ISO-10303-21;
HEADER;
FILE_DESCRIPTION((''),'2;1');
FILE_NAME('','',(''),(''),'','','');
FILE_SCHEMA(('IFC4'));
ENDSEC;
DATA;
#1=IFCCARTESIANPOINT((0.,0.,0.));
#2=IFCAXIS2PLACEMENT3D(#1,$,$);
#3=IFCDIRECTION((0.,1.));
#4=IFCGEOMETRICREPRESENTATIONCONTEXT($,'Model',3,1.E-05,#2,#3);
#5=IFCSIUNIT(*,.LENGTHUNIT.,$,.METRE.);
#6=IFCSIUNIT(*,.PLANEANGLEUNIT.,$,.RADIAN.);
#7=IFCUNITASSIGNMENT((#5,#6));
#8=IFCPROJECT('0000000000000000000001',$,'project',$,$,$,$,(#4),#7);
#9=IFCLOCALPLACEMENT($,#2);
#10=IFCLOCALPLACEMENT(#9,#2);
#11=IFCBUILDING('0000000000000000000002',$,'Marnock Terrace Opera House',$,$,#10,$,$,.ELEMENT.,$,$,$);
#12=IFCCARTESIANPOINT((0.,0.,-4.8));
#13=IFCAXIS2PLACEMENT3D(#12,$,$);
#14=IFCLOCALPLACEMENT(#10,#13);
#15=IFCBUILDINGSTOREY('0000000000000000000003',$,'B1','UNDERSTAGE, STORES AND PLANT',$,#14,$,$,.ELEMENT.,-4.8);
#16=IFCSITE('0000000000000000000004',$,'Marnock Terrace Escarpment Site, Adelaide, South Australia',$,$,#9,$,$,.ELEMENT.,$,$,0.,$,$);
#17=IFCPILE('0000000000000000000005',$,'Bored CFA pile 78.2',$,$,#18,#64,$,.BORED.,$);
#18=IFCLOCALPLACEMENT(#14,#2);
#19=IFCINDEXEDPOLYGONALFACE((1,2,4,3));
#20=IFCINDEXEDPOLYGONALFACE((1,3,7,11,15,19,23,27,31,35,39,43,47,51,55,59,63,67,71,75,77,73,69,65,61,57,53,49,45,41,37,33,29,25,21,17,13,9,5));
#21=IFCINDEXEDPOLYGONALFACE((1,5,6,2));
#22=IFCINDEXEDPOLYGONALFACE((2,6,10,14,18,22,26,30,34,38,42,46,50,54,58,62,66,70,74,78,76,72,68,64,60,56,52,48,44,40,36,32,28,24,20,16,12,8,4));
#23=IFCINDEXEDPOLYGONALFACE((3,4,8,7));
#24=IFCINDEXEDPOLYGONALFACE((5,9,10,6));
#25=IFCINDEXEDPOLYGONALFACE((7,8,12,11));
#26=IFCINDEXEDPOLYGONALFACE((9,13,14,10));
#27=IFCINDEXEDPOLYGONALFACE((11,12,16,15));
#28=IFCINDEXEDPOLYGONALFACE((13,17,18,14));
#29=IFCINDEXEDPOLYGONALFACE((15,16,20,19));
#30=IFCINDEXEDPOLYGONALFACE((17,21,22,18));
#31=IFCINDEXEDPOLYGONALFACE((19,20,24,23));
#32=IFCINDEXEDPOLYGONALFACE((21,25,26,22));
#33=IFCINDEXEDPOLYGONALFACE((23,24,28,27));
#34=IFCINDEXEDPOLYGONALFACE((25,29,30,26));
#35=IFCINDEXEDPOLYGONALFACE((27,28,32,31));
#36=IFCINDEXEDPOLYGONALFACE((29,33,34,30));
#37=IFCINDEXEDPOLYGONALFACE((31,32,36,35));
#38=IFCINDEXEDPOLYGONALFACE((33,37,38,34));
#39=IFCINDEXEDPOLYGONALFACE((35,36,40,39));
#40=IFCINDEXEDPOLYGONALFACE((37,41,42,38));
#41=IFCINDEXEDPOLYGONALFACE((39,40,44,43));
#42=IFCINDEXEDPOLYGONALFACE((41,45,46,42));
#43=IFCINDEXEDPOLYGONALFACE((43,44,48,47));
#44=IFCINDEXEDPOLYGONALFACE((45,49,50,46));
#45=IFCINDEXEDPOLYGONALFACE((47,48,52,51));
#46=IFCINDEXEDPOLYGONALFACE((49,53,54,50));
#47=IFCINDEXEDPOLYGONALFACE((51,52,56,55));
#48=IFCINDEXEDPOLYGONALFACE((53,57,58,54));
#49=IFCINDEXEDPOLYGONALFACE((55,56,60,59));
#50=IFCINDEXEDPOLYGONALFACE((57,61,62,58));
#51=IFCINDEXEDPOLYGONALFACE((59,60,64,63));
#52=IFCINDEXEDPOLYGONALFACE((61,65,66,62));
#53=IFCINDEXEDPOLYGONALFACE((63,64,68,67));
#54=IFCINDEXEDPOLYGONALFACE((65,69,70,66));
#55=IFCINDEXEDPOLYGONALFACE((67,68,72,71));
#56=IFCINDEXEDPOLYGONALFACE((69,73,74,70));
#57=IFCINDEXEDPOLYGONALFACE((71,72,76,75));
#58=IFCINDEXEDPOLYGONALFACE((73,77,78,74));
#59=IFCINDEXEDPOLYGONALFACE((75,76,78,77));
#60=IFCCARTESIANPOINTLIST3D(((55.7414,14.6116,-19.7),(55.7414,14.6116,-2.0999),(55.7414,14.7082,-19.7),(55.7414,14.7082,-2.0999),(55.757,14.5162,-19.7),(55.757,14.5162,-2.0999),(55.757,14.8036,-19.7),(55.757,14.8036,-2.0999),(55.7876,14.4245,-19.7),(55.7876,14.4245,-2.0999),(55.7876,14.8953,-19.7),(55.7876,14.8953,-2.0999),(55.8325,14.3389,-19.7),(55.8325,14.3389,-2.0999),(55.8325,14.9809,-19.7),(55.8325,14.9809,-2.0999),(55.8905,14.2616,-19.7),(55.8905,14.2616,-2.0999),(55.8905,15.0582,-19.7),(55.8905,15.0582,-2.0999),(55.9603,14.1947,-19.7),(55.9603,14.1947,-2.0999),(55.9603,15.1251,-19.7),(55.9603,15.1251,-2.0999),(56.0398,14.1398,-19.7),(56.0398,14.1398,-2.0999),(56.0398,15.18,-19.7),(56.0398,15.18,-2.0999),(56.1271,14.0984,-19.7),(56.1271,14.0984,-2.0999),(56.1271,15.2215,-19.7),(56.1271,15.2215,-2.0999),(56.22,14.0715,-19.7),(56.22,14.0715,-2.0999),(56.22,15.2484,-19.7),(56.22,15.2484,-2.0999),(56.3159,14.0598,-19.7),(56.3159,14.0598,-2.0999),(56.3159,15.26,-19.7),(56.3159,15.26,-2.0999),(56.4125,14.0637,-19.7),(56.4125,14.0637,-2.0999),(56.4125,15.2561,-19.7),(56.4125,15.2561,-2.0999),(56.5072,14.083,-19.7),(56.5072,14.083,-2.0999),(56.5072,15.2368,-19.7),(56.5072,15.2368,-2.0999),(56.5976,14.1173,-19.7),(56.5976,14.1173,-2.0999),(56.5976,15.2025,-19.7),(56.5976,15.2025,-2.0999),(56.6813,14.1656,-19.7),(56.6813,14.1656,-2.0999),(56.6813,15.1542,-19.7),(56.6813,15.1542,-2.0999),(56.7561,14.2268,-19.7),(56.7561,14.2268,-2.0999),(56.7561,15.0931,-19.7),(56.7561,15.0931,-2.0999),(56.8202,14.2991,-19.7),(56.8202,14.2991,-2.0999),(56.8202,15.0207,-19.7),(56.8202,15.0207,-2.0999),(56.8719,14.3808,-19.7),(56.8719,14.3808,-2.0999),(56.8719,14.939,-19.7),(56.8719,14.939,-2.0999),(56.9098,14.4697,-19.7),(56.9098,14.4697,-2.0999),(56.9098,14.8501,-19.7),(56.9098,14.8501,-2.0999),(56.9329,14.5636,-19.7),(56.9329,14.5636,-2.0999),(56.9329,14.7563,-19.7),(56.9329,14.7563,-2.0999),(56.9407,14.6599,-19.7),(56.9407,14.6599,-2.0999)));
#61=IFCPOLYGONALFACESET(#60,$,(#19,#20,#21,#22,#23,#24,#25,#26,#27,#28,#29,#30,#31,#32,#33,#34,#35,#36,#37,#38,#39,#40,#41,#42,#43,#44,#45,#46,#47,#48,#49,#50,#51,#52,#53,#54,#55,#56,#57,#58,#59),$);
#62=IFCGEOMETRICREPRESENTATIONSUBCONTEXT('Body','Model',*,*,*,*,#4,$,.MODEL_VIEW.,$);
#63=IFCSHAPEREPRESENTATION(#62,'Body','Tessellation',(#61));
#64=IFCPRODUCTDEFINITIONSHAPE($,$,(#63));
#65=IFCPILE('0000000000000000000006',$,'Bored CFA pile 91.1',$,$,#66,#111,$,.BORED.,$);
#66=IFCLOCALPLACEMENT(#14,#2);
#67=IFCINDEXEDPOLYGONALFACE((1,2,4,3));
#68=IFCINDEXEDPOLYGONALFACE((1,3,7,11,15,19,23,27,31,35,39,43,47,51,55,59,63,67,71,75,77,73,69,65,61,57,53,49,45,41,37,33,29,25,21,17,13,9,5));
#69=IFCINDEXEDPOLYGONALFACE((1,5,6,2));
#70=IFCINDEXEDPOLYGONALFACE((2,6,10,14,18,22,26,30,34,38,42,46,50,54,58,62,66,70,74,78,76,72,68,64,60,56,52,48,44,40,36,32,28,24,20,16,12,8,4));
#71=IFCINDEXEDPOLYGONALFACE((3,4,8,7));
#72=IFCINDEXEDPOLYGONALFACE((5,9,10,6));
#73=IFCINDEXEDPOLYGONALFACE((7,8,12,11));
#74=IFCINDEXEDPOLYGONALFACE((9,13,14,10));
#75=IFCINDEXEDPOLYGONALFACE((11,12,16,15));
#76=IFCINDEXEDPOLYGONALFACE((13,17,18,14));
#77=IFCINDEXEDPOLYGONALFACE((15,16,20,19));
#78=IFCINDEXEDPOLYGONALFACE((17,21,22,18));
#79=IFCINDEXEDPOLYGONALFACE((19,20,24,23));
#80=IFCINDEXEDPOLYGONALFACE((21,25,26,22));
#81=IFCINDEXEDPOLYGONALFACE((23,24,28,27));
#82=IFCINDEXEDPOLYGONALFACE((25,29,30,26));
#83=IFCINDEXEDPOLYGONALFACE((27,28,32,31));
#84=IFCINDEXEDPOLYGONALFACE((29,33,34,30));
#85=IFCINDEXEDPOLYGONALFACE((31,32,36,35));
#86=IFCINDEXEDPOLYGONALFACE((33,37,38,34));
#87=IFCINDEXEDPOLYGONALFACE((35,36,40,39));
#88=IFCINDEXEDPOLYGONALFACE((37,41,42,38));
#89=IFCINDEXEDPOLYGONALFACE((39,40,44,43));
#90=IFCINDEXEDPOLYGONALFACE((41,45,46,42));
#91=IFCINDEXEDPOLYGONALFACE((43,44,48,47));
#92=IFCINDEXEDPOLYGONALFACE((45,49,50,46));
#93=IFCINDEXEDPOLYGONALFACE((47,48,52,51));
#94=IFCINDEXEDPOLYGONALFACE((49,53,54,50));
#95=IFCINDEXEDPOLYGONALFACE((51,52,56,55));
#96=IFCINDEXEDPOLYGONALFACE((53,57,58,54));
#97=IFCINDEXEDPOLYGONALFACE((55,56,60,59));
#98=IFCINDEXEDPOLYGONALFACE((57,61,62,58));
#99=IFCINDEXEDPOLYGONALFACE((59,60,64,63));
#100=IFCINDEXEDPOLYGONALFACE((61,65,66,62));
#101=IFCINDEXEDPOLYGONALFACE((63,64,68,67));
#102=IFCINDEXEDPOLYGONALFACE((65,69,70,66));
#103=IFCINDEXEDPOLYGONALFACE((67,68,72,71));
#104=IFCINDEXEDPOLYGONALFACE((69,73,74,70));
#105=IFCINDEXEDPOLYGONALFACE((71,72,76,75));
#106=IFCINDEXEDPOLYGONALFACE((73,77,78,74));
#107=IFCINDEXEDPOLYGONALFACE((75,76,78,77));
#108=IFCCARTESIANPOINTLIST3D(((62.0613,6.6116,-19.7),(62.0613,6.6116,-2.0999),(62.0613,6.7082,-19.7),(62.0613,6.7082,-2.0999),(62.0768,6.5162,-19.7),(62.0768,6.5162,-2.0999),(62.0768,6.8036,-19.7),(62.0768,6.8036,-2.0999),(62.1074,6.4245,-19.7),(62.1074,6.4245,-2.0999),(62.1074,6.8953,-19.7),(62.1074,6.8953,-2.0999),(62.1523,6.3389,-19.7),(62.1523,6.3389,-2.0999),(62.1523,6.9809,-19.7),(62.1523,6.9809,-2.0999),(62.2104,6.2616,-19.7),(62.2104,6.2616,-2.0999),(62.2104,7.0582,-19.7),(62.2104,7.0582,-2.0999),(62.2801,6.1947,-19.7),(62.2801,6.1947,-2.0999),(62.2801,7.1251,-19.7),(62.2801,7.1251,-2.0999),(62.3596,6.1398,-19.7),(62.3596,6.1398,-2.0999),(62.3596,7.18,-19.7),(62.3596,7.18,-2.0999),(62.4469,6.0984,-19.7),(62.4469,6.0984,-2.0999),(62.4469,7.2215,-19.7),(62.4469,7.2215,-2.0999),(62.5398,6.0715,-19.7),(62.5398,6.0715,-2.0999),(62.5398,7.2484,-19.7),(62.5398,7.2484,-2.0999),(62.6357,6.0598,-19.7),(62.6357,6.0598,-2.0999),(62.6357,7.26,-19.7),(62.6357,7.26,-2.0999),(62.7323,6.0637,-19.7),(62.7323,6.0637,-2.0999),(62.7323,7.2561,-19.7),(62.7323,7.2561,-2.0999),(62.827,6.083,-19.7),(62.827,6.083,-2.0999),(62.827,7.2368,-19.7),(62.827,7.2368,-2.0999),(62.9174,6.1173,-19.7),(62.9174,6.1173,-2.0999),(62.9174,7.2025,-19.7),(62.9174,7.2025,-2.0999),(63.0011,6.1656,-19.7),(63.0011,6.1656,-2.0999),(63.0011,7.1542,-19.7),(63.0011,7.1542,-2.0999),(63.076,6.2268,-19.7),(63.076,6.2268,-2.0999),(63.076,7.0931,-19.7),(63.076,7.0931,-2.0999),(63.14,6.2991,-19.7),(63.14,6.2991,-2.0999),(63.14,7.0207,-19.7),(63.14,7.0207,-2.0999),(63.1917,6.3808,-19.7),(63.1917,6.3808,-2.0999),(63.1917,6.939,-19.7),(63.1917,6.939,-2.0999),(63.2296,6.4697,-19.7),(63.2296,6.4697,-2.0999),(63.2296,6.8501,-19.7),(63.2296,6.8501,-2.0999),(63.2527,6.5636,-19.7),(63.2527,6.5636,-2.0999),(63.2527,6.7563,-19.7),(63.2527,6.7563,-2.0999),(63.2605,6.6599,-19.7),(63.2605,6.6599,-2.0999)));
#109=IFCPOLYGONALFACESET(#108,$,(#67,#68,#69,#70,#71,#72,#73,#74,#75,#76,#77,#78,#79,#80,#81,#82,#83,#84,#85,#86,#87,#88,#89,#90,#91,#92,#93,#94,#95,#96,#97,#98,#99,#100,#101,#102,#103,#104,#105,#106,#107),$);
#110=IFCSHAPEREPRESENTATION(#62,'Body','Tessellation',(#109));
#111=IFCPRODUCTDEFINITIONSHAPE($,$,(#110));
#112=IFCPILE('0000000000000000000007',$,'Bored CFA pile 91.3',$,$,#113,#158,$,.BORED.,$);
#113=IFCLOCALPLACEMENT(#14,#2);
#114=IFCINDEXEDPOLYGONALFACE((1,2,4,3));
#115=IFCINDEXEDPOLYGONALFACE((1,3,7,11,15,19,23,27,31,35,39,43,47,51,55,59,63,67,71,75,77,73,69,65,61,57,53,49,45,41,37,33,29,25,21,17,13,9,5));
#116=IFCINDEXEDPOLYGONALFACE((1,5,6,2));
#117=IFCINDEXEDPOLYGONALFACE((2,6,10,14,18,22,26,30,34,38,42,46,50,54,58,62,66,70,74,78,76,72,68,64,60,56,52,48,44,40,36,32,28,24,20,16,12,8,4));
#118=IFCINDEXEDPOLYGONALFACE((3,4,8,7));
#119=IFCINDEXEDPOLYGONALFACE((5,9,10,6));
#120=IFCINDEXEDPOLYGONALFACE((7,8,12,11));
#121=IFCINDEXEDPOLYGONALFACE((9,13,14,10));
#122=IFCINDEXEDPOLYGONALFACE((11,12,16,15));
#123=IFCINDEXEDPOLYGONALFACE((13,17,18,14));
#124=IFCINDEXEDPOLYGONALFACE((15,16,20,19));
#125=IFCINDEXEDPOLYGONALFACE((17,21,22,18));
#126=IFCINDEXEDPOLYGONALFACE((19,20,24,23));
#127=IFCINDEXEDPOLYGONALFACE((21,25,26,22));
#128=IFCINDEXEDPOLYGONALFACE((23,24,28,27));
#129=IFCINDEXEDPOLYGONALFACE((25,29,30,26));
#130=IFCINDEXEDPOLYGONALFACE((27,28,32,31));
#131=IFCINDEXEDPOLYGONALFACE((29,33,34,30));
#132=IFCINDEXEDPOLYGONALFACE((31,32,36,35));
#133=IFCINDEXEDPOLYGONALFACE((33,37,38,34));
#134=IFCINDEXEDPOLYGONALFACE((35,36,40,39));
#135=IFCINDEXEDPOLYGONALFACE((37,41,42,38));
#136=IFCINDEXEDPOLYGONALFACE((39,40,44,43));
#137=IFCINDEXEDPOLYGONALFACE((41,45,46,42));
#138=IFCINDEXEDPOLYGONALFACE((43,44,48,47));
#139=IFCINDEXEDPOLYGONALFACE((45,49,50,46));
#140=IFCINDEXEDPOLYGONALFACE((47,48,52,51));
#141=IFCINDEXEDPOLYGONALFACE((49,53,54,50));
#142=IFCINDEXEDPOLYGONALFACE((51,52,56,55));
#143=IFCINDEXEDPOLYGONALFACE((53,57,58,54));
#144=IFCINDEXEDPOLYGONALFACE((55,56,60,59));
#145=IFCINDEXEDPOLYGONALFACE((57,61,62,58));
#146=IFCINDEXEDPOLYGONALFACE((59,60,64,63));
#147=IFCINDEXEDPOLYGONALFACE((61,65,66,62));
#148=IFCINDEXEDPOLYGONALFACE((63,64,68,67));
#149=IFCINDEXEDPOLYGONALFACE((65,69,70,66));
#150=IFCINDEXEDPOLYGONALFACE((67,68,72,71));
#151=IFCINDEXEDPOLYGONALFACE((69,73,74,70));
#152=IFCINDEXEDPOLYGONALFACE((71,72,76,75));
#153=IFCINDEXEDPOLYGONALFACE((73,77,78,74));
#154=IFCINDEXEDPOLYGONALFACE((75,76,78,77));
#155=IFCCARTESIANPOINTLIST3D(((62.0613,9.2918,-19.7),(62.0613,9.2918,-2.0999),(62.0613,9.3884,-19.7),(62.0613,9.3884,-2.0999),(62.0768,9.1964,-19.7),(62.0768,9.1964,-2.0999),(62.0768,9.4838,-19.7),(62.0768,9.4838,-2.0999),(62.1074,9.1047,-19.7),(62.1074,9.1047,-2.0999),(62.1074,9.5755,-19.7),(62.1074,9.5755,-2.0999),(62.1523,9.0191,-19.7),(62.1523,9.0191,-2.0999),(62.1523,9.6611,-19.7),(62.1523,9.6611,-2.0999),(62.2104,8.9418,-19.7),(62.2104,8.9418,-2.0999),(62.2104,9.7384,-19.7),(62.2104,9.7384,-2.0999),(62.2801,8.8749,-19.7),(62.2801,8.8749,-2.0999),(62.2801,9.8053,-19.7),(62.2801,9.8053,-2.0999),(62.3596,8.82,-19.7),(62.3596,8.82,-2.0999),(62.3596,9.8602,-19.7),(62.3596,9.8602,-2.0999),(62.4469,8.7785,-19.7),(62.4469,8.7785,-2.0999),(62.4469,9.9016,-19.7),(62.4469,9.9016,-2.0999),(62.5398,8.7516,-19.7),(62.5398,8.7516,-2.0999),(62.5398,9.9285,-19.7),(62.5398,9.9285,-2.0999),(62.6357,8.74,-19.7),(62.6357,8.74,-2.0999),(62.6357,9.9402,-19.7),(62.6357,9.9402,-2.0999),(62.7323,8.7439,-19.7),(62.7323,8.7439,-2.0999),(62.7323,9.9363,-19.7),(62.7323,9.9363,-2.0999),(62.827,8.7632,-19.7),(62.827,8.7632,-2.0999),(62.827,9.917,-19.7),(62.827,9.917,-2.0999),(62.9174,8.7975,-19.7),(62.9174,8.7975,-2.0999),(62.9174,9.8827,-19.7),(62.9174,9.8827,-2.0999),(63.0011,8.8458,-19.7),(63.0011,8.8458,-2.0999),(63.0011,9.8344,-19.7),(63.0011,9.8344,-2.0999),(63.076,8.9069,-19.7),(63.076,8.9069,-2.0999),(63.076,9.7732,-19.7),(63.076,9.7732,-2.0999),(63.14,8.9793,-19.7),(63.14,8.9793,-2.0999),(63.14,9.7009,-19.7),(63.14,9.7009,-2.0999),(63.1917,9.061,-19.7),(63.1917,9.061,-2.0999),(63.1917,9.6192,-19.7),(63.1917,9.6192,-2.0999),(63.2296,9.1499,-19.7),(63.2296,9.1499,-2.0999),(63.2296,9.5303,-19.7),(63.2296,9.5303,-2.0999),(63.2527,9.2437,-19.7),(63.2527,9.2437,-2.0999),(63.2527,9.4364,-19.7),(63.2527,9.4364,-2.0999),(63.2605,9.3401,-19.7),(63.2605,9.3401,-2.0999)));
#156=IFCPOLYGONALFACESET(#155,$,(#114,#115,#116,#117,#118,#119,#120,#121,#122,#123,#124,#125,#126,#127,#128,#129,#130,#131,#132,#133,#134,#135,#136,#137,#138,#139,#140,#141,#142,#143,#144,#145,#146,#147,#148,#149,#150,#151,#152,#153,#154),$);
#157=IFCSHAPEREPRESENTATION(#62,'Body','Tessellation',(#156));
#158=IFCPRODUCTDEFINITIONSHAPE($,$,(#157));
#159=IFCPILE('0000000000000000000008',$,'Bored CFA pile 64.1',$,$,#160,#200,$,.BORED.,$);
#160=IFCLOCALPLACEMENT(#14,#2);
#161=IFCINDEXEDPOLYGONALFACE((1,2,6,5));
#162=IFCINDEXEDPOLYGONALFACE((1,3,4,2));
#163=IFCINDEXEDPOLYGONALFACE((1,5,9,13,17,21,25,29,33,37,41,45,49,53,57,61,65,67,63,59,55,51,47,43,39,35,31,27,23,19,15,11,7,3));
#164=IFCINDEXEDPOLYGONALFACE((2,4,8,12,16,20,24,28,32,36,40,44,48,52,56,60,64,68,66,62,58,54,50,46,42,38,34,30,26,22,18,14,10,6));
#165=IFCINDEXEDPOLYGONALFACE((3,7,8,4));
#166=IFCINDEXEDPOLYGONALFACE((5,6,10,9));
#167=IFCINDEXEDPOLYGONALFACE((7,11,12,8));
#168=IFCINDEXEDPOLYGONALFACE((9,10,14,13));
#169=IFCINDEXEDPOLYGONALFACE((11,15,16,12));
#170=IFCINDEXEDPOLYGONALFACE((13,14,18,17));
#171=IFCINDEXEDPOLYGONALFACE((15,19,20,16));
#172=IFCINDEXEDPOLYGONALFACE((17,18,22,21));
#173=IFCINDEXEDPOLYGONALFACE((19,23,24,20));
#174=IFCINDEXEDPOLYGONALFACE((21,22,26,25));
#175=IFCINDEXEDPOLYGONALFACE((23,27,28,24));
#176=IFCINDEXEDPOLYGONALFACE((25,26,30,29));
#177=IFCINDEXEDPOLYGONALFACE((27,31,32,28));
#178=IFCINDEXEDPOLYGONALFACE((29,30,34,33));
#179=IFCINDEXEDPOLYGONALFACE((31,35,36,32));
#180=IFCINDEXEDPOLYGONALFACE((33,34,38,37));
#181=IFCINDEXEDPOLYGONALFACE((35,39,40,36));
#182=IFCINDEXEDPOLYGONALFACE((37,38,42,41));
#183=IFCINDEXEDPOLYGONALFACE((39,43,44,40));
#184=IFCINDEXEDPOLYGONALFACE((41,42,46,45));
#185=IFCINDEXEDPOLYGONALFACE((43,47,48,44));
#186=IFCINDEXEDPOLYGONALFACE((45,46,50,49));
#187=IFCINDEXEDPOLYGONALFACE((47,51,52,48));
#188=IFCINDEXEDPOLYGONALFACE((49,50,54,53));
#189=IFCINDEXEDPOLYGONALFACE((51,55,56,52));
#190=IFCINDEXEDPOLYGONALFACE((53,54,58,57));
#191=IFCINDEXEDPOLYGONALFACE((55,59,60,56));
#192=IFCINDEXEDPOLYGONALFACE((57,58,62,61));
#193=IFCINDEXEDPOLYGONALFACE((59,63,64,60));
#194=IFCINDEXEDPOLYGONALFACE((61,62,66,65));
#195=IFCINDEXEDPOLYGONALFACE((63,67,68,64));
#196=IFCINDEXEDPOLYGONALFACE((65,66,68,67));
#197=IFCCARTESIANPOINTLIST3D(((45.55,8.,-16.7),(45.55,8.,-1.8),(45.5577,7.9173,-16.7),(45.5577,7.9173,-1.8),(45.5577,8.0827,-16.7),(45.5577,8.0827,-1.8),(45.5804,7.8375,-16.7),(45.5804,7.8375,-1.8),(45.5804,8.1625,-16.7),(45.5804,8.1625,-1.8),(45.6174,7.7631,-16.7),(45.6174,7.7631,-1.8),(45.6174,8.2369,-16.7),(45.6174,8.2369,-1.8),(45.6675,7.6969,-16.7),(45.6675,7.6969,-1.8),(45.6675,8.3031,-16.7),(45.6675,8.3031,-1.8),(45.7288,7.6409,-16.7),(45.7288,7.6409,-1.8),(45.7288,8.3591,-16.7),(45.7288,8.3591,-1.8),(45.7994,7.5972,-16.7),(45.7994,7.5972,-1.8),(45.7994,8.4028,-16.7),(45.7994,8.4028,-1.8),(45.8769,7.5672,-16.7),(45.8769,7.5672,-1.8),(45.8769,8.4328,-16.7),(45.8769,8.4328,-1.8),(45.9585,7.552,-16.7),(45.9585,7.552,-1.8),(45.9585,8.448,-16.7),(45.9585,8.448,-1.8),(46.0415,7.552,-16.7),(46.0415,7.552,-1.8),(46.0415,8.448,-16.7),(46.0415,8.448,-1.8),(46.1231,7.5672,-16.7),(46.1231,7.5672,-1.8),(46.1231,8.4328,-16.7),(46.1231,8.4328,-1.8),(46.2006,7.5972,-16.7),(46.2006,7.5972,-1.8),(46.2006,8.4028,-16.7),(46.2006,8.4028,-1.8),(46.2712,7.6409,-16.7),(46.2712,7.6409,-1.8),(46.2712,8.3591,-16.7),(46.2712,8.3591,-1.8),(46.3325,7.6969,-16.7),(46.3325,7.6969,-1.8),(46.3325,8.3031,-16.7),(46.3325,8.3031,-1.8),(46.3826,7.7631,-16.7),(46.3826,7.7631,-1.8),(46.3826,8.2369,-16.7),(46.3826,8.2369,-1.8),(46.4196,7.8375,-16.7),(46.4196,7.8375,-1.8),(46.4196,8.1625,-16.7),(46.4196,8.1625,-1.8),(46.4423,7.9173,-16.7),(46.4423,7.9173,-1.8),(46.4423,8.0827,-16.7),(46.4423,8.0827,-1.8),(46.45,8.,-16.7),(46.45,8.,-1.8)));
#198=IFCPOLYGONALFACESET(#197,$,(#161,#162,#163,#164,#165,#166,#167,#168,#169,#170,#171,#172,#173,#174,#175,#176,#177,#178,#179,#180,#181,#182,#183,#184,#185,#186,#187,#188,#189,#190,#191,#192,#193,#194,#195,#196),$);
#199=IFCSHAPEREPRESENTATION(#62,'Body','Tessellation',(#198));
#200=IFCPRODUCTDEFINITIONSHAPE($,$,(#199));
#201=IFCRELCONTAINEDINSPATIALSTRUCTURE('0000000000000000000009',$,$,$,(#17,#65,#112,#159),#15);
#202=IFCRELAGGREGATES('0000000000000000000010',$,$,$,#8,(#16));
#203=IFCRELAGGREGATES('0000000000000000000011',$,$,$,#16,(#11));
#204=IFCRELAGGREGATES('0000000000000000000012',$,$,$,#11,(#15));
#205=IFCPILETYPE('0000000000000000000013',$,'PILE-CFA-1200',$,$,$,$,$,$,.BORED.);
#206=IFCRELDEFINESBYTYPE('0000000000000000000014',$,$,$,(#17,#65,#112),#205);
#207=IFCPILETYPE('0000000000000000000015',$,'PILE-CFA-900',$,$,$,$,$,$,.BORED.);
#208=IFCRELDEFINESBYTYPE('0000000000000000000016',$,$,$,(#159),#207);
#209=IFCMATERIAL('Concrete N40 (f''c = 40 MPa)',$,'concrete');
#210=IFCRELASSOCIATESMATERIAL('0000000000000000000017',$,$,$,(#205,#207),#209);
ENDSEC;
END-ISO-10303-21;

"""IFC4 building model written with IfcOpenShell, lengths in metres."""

from ifc_helpers import new_model, si_unit, direction, frame, origin, origin_2d, place, context, subcontext, project, spatial, circle, extrude, material, material_profile, profile_set, type_object, element, save


model = new_model("IFC4")

# Units and contexts
model_context = context("Model", 3, precision=1e-05, world=origin(), true_north=direction((0.0, 1.0)))
body_context = subcontext(model_context, "Body", "Model", "MODEL_VIEW")
ifc_project = project(units=[si_unit("LENGTHUNIT", "METRE"), si_unit("PLANEANGLEUNIT", "RADIAN")], contexts=[model_context])

# Site, building, storey
site_placement = place(None, origin())
site = spatial("IfcSite", under=ifc_project, at=site_placement, Name="Marnock Terrace Escarpment Site, Adelaide, South Australia", CompositionType="ELEMENT", RefElevation=0.0)
building_placement = place(site_placement, origin())
building = spatial("IfcBuilding", under=site, at=building_placement, Name="Marnock Terrace Opera House", CompositionType="ELEMENT")
storey_placement = place(building_placement, frame((0.0, 0.0, -4.8)))
storey = spatial("IfcBuildingStorey", under=building, at=storey_placement, Name="B1", Description="UNDERSTAGE, STORES AND PLANT", CompositionType="ELEMENT", Elevation=-4.8)

# Shared definitions
ifc_material_1 = material(Name="Concrete N40 (f'c = 40 MPa)", Category="concrete")

# Piles
ifc_material_profile_1 = material_profile(ifc_material_1, circle(Radius=0.6006, at=origin_2d()))
ifc_profile_set_1 = profile_set([ifc_material_profile_1], Name="Concrete N40 (f'c = 40 MPa)")
pile_type_1 = type_object("IfcPileType", Name="PILE-CFA-1200", PredefinedType="BORED", material=ifc_profile_set_1)
for number, where, z_axis, x_axis, name in (
    (1, (56.3401, 14.6599, -2.0999), (0.0, 0.0, -1.0), (1.0, 0.0, 0.0), "Bored CFA pile 78.2"),
    (2, (62.6599, 6.6599, -2.0999), (0.0, 0.0, -1.0), (1.0, 0.0, 0.0), "Bored CFA pile 91.1"),
    (3, (62.6599, 9.3401, -2.0999), (0.0, 0.0, -1.0), (1.0, 0.0, 0.0), "Bored CFA pile 91.3"),
):
    element("IfcPile", number, at=place(storey_placement, frame(where, z_axis=z_axis, x_axis=x_axis)), inside=storey, type_object=pile_type_1, Name=name, PredefinedType="BORED", context=body_context, shape_type="SweptSolid", body=[
        extrude(circle(Radius=0.6006, at=origin_2d()), origin(), (0.0, 0.0, 1.0), 17.6001),
    ])
ifc_material_profile_2 = material_profile(ifc_material_1, circle(Radius=0.45, at=origin_2d()))
ifc_profile_set_2 = profile_set([ifc_material_profile_2], Name="Concrete N40 (f'c = 40 MPa)")
pile_type_2 = type_object("IfcPileType", Name="PILE-CFA-900", PredefinedType="BORED", material=ifc_profile_set_2)
for number, where, z_axis, x_axis, name in (
    (4, (46.0, 8.0, -1.8), (0.0, 0.0, -1.0), (1.0, 0.0, 0.0), "Bored CFA pile 64.1"),
):
    element("IfcPile", number, at=place(storey_placement, frame(where, z_axis=z_axis, x_axis=x_axis)), inside=storey, type_object=pile_type_2, Name=name, PredefinedType="BORED", context=body_context, shape_type="SweptSolid", body=[
        extrude(circle(Radius=0.45, at=origin_2d()), origin(), (0.0, 0.0, 1.0), 14.8999),
    ])

save(model, "model.ifc")
